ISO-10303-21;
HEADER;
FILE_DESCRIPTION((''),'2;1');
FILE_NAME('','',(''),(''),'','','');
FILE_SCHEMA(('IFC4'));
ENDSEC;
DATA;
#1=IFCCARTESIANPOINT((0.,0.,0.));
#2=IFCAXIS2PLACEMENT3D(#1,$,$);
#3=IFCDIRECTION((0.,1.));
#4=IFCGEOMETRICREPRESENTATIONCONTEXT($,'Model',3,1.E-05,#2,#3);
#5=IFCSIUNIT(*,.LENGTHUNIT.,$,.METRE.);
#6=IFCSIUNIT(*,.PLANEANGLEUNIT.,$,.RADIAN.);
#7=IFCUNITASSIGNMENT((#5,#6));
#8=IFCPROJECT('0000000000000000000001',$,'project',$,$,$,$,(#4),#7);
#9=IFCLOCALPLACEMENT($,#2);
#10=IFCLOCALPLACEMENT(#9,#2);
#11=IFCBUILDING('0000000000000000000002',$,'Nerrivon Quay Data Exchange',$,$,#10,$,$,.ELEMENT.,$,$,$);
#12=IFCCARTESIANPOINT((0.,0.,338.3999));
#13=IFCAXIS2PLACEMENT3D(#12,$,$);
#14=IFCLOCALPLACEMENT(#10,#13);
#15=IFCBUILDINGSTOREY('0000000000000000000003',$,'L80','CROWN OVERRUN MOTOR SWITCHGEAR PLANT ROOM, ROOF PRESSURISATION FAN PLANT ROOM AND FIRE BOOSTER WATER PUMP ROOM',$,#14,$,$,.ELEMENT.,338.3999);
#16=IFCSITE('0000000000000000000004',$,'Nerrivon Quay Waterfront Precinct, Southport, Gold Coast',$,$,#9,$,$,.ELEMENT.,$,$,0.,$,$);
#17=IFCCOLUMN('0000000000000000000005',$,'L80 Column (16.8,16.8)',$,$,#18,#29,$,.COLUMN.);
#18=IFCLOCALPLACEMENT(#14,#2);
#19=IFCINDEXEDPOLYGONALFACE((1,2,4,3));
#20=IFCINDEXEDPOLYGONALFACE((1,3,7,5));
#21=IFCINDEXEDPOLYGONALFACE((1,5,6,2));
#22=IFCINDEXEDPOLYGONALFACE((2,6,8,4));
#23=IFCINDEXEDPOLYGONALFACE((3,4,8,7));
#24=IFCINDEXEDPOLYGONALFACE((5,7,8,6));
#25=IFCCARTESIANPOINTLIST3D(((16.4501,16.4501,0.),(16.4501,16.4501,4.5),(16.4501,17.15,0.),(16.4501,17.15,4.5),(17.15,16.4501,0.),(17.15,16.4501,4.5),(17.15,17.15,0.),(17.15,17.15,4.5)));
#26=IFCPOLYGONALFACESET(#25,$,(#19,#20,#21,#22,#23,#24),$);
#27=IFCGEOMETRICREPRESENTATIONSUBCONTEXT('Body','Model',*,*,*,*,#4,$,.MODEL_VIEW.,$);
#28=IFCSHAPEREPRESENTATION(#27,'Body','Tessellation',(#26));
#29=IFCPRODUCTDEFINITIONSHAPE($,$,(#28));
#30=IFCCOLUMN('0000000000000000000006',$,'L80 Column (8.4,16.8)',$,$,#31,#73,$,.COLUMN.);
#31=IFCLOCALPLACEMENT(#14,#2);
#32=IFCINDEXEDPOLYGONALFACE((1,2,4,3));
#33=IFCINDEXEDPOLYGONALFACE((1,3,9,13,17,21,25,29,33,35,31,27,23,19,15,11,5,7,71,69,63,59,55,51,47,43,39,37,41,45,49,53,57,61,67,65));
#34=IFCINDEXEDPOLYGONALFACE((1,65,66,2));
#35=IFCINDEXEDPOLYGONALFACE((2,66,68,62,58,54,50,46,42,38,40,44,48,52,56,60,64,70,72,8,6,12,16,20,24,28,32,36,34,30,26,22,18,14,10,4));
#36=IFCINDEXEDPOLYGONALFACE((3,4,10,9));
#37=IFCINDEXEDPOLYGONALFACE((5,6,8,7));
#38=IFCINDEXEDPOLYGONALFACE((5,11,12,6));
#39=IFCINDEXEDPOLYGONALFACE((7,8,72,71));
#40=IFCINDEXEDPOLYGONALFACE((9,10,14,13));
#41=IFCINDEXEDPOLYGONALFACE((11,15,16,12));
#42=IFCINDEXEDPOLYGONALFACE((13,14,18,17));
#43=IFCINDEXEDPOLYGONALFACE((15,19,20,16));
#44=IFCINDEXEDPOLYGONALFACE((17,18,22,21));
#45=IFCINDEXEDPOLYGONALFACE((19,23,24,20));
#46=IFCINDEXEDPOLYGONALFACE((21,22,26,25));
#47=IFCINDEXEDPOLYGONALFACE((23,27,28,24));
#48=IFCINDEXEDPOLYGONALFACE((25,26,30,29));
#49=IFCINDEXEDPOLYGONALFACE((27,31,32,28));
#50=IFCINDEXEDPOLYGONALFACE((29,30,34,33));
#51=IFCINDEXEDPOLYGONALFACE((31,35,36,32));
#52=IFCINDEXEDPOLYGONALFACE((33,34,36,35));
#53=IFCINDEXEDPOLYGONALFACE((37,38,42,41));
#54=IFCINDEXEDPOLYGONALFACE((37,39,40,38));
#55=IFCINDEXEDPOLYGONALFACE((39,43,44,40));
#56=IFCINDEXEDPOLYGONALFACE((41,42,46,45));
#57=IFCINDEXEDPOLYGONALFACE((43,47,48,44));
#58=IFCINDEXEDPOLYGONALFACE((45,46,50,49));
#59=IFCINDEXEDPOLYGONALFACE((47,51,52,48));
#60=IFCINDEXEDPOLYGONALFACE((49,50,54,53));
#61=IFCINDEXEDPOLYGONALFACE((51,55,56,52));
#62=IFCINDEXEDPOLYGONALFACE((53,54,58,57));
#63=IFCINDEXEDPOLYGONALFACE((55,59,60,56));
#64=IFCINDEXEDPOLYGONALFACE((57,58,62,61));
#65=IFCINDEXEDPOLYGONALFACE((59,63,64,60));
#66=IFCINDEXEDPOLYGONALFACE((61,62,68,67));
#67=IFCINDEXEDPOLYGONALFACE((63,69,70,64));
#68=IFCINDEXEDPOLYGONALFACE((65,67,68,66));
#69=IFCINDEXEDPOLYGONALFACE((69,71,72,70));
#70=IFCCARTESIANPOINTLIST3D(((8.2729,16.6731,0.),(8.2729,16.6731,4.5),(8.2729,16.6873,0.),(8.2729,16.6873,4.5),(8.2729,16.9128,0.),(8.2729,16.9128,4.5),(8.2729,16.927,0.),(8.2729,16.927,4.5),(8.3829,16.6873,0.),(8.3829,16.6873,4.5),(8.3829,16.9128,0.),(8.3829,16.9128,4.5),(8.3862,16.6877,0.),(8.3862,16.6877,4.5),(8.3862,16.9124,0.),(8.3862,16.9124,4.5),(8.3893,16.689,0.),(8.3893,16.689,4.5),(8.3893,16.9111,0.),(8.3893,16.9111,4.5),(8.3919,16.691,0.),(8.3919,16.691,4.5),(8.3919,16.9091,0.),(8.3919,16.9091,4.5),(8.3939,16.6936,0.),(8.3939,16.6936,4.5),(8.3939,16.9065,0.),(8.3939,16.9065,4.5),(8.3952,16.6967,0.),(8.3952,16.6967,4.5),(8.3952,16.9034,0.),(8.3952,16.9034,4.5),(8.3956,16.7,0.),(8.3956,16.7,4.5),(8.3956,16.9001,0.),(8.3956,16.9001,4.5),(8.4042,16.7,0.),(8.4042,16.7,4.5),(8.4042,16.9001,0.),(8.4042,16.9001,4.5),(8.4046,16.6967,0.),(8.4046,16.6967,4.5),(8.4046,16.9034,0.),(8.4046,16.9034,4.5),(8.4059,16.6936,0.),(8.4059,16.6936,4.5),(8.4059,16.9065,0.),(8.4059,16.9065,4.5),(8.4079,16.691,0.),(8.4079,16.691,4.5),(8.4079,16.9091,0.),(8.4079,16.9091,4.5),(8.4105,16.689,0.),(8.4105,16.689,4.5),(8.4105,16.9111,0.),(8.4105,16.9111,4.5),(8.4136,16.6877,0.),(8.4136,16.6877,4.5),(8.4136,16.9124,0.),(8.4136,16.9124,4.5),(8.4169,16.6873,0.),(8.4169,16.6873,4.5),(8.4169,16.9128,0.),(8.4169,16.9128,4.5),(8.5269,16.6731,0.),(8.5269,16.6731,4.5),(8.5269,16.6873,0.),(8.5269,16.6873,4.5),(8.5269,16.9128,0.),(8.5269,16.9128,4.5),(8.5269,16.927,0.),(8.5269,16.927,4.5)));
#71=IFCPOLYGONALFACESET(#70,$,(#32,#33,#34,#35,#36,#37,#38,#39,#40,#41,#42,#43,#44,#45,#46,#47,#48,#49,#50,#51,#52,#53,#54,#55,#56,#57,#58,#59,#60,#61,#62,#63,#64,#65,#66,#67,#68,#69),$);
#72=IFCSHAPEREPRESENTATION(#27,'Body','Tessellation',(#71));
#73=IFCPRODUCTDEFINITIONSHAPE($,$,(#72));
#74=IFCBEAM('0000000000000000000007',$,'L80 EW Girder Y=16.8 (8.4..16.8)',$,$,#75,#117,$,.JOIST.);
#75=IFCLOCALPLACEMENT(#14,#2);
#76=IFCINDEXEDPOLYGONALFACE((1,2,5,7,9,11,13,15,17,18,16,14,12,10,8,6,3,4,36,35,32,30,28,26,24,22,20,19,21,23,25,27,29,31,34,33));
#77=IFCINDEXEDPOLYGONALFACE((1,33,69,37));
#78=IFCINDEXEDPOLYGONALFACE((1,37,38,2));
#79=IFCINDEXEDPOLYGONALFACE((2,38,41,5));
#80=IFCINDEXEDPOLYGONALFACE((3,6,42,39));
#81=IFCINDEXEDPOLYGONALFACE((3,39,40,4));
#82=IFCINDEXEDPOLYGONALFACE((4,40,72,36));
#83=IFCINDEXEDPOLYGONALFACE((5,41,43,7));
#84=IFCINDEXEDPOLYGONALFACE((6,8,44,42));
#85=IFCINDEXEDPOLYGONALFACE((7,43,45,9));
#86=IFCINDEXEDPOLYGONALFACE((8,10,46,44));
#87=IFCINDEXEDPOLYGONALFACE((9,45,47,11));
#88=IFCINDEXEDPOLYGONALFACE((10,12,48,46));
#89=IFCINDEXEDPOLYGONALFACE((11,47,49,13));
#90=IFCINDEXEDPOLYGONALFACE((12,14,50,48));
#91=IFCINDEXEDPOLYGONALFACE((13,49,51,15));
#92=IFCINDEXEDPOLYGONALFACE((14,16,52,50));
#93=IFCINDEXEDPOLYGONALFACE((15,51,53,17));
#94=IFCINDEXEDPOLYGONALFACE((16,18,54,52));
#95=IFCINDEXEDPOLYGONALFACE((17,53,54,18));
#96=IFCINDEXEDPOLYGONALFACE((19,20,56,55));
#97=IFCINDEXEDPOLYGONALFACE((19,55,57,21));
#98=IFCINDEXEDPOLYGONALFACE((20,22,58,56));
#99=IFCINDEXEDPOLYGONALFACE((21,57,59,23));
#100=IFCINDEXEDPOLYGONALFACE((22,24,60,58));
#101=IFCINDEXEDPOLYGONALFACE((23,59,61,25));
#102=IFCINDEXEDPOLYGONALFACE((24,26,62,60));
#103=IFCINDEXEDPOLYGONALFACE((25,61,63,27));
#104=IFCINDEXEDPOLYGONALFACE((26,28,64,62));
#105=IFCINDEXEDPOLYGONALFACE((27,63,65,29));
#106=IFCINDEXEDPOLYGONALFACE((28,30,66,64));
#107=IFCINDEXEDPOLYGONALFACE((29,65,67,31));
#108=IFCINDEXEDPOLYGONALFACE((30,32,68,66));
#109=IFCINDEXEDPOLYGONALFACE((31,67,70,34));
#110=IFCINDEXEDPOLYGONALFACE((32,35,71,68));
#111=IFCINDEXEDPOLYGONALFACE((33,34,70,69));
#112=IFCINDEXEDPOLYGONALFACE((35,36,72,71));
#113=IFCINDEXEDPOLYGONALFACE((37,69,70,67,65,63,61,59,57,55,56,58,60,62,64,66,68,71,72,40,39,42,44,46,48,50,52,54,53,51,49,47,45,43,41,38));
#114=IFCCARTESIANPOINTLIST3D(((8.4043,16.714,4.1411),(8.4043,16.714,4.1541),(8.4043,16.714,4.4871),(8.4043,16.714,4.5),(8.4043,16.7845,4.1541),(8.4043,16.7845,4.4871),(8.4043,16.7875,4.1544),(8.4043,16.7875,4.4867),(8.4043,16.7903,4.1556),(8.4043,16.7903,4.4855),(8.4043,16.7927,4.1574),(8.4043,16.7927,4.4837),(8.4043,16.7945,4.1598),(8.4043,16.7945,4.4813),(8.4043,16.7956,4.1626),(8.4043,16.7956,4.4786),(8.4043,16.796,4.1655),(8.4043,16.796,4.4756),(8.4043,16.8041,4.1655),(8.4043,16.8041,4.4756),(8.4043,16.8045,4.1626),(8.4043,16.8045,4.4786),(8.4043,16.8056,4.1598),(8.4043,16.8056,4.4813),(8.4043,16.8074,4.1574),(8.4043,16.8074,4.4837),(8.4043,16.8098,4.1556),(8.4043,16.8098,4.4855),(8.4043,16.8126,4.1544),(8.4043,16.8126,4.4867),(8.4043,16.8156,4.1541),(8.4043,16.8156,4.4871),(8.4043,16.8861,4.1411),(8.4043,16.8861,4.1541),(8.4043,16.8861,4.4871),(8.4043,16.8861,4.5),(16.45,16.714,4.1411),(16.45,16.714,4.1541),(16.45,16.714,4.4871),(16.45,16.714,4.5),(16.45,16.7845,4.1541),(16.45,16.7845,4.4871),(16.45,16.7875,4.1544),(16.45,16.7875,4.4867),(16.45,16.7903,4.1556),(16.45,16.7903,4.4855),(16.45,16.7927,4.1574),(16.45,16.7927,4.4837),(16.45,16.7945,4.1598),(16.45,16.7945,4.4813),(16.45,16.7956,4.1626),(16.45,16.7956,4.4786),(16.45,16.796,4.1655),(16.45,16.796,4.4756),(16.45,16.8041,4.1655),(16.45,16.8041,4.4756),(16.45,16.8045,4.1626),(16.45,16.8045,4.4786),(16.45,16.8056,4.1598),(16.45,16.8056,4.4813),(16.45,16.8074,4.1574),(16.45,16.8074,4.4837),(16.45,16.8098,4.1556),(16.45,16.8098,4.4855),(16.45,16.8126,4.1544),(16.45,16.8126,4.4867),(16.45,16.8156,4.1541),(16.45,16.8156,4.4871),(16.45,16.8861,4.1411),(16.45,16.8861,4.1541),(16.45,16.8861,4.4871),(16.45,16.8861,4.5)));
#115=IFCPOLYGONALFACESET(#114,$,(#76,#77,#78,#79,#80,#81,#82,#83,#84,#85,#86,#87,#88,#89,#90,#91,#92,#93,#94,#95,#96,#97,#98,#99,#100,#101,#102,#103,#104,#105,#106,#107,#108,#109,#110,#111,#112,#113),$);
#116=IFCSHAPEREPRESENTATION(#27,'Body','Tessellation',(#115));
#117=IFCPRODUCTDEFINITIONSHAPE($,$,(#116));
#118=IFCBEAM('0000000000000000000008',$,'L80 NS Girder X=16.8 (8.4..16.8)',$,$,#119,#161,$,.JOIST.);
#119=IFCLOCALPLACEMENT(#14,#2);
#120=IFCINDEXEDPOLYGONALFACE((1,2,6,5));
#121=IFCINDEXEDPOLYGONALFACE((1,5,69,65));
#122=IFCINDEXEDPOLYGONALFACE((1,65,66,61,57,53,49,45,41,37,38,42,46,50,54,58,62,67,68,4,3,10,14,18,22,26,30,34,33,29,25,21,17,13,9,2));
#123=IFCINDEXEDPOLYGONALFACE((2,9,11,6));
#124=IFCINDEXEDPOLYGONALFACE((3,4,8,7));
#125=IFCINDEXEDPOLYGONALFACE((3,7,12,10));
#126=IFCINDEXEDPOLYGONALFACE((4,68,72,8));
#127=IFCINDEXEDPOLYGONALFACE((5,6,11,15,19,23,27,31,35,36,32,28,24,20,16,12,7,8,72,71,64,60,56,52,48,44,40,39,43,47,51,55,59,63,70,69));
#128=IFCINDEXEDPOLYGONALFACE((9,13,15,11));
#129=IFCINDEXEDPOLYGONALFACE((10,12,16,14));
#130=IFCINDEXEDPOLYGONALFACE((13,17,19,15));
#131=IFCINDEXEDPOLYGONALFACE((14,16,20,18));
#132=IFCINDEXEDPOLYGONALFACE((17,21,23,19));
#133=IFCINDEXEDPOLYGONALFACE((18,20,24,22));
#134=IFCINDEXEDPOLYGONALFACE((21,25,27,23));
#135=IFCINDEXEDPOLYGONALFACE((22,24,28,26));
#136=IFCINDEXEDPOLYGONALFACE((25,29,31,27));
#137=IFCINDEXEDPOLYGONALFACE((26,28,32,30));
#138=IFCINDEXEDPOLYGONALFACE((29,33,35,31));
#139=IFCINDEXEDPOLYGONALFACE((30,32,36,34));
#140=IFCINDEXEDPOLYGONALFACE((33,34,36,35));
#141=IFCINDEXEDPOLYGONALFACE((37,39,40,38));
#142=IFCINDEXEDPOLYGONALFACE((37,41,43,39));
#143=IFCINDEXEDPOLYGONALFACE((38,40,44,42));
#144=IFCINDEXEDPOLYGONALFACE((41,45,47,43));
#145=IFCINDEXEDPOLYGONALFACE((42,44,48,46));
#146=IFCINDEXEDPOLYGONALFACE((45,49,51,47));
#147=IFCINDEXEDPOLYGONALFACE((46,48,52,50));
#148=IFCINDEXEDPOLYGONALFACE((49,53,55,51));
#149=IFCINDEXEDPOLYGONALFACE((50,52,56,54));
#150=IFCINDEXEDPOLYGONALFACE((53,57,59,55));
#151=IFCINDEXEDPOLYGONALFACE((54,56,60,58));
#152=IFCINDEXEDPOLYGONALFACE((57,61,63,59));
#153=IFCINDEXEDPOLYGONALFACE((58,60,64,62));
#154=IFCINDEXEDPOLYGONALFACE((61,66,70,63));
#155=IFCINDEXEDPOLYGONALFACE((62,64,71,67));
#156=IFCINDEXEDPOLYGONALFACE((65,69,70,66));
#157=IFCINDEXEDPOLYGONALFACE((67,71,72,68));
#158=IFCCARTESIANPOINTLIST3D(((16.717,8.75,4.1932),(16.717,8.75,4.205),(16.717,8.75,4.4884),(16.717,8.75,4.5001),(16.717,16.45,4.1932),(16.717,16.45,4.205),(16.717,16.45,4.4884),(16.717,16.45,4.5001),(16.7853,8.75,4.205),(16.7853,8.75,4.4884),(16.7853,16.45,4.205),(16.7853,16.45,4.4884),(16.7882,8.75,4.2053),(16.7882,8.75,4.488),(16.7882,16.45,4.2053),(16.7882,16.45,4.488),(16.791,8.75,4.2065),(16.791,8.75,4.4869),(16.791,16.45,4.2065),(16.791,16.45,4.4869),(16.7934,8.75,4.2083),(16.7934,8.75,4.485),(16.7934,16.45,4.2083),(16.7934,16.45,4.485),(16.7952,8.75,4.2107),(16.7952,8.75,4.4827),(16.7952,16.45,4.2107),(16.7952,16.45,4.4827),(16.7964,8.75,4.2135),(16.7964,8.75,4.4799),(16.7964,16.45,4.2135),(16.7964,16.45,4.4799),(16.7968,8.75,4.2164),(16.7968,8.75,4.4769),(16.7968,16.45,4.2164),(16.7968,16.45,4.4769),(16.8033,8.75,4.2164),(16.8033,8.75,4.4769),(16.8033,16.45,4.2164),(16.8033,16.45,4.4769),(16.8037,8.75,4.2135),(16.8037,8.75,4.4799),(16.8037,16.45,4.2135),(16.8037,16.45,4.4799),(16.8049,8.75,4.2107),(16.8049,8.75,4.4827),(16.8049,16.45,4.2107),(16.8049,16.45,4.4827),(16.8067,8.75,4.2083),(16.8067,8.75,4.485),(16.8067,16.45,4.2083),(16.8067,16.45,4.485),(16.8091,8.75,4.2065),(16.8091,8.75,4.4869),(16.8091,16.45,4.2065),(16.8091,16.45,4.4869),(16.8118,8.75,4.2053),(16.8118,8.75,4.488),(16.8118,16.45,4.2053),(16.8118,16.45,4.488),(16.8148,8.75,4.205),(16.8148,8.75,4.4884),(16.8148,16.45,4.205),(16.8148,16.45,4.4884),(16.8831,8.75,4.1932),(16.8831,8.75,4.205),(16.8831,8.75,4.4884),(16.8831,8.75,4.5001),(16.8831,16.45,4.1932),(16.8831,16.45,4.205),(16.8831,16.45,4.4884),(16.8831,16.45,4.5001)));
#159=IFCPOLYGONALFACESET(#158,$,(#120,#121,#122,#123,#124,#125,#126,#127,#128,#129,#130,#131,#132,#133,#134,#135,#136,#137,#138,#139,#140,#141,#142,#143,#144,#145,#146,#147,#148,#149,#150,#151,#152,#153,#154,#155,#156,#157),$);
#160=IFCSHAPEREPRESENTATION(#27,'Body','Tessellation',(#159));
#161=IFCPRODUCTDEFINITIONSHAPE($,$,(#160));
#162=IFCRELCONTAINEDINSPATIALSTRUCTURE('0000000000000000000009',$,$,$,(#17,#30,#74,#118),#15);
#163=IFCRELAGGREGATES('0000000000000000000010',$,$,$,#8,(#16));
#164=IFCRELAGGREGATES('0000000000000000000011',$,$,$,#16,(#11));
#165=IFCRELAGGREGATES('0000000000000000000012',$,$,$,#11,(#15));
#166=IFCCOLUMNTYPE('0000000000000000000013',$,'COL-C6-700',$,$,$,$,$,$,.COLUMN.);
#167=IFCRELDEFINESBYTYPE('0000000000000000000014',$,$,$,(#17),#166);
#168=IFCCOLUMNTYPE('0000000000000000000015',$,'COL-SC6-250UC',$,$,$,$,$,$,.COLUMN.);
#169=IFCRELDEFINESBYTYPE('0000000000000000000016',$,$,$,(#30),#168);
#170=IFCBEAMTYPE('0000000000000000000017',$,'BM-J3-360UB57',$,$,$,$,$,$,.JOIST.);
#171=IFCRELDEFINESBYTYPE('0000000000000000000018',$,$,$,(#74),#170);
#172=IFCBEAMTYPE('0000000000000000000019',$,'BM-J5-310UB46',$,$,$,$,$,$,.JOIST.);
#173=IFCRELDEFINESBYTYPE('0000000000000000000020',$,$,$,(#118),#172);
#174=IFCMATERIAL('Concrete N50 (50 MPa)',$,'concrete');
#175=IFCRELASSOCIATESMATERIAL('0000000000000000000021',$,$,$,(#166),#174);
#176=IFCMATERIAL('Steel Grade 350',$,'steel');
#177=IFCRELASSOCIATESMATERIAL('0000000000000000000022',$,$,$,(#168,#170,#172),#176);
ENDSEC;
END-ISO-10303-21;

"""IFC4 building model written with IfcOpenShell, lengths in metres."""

from ifc_helpers import new_model, si_unit, direction, frame, origin, origin_2d, place, context, subcontext, project, spatial, rectangle, i_section, extrude, material, material_profile, profile_set, type_object, element, save


model = new_model("IFC4")

# Units and contexts
model_context = context("Model", 3, precision=1e-05, world=origin(), true_north=direction((0.0, 1.0)))
body_context = subcontext(model_context, "Body", "Model", "MODEL_VIEW")
ifc_project = project(units=[si_unit("LENGTHUNIT", "METRE"), si_unit("PLANEANGLEUNIT", "RADIAN")], contexts=[model_context])

# Site, building, storey
site_placement = place(None, origin())
site = spatial("IfcSite", under=ifc_project, at=site_placement, Name="Nerrivon Quay Waterfront Precinct, Southport, Gold Coast", CompositionType="ELEMENT", RefElevation=0.0)
building_placement = place(site_placement, origin())
building = spatial("IfcBuilding", under=site, at=building_placement, Name="Nerrivon Quay Data Exchange", CompositionType="ELEMENT")
storey_placement = place(building_placement, frame((0.0, 0.0, 338.3999)))
storey = spatial("IfcBuildingStorey", under=building, at=storey_placement, Name="L80", Description="CROWN OVERRUN MOTOR SWITCHGEAR PLANT ROOM, ROOF PRESSURISATION FAN PLANT ROOM AND FIRE BOOSTER WATER PUMP ROOM", CompositionType="ELEMENT", Elevation=338.3999)

# Columns
ifc_material_1 = material(Name="Concrete N50 (50 MPa)", Category="concrete")
ifc_material_profile_1 = material_profile(ifc_material_1, rectangle(XDim=0.7, YDim=0.7, at=origin_2d()), Name="RC-COL-700x700")
ifc_profile_set_1 = profile_set([ifc_material_profile_1], Name="Concrete N50 (50 MPa)")
column_type_1 = type_object("IfcColumnType", Name="COL-C6-700", PredefinedType="COLUMN", material=ifc_profile_set_1)
column_1_placement = place(storey_placement, frame((16.8, 16.8, 0.0), z_axis=(0.0, 0.0, 1.0), x_axis=(1.0, 0.0, 0.0)))
element("IfcColumn", 1, at=column_1_placement, inside=storey, type_object=column_type_1, Name="L80 Column (16.8,16.8)", PredefinedType="COLUMN", context=body_context, shape_type="SweptSolid", body=[
    extrude(rectangle(XDim=0.7, YDim=0.7, at=origin_2d()), origin(), (0.0, 0.0, 1.0), 4.5),
])
ifc_material_2 = material(Name="Steel Grade 350", Category="steel")
ifc_material_profile_2 = material_profile(ifc_material_2, i_section(OverallWidth=0.2539, OverallDepth=0.2539, WebThickness=0.0085, FlangeThickness=0.0142, FilletRadius=0.0127, at=origin_2d()), Name="250UC72.9")
ifc_profile_set_2 = profile_set([ifc_material_profile_2], Name="Steel Grade 350")
column_type_2 = type_object("IfcColumnType", Name="COL-SC6-250UC", PredefinedType="COLUMN", material=ifc_profile_set_2)
column_2_placement = place(storey_placement, frame((8.3999, 16.8, 0.0), z_axis=(0.0, 0.0, 1.0), x_axis=(1.0, 0.0, 0.0)))
element("IfcColumn", 2, at=column_2_placement, inside=storey, type_object=column_type_2, Name="L80 Column (8.4,16.8)", PredefinedType="COLUMN", context=body_context, shape_type="SweptSolid", body=[
    extrude(i_section(OverallWidth=0.2539, OverallDepth=0.2539, WebThickness=0.0085, FlangeThickness=0.0142, FilletRadius=0.0127, at=origin_2d()), origin(), (0.0, 0.0, 1.0), 4.5),
])

# Beams
ifc_material_profile_3 = material_profile(ifc_material_2, i_section(OverallWidth=0.1721, OverallDepth=0.3589, WebThickness=0.0081, FlangeThickness=0.0129, FilletRadius=0.0115, at=origin_2d()), Name="360UB56.7")
ifc_profile_set_3 = profile_set([ifc_material_profile_3], Name="Steel Grade 350")
beam_type_1 = type_object("IfcBeamType", Name="BM-J3-360UB57", PredefinedType="JOIST", material=ifc_profile_set_3)
beam_1_placement = place(storey_placement, frame((8.4043, 16.8, 4.3206), z_axis=(1.0, 0.0, 0.0), x_axis=(0.0, 1.0, 0.0)))
element("IfcBeam", 3, at=beam_1_placement, inside=storey, type_object=beam_type_1, Name="L80 EW Girder Y=16.8 (8.4..16.8)", PredefinedType="JOIST", context=body_context, shape_type="SweptSolid", body=[
    extrude(i_section(OverallWidth=0.1721, OverallDepth=0.3589, WebThickness=0.0081, FlangeThickness=0.0129, FilletRadius=0.0115, at=origin_2d()), origin(), (0.0, 0.0, 1.0), 8.0457),
])
ifc_material_profile_4 = material_profile(ifc_material_2, i_section(OverallWidth=0.166, OverallDepth=0.3069, WebThickness=0.0066, FlangeThickness=0.0117, FilletRadius=0.0115, at=origin_2d()), Name="310UB46.2")
ifc_profile_set_4 = profile_set([ifc_material_profile_4], Name="Steel Grade 350")
beam_type_2 = type_object("IfcBeamType", Name="BM-J5-310UB46", PredefinedType="JOIST", material=ifc_profile_set_4)
beam_2_placement = place(storey_placement, frame((16.8, 8.75, 4.3467), z_axis=(0.0, 1.0, 0.0), x_axis=(-1.0, 0.0, 0.0)))
element("IfcBeam", 4, at=beam_2_placement, inside=storey, type_object=beam_type_2, Name="L80 NS Girder X=16.8 (8.4..16.8)", PredefinedType="JOIST", context=body_context, shape_type="SweptSolid", body=[
    extrude(i_section(OverallWidth=0.166, OverallDepth=0.3069, WebThickness=0.0066, FlangeThickness=0.0117, FilletRadius=0.0115, at=origin_2d()), origin(), (0.0, 0.0, 1.0), 7.7),
])

save(model, "model.ifc")
